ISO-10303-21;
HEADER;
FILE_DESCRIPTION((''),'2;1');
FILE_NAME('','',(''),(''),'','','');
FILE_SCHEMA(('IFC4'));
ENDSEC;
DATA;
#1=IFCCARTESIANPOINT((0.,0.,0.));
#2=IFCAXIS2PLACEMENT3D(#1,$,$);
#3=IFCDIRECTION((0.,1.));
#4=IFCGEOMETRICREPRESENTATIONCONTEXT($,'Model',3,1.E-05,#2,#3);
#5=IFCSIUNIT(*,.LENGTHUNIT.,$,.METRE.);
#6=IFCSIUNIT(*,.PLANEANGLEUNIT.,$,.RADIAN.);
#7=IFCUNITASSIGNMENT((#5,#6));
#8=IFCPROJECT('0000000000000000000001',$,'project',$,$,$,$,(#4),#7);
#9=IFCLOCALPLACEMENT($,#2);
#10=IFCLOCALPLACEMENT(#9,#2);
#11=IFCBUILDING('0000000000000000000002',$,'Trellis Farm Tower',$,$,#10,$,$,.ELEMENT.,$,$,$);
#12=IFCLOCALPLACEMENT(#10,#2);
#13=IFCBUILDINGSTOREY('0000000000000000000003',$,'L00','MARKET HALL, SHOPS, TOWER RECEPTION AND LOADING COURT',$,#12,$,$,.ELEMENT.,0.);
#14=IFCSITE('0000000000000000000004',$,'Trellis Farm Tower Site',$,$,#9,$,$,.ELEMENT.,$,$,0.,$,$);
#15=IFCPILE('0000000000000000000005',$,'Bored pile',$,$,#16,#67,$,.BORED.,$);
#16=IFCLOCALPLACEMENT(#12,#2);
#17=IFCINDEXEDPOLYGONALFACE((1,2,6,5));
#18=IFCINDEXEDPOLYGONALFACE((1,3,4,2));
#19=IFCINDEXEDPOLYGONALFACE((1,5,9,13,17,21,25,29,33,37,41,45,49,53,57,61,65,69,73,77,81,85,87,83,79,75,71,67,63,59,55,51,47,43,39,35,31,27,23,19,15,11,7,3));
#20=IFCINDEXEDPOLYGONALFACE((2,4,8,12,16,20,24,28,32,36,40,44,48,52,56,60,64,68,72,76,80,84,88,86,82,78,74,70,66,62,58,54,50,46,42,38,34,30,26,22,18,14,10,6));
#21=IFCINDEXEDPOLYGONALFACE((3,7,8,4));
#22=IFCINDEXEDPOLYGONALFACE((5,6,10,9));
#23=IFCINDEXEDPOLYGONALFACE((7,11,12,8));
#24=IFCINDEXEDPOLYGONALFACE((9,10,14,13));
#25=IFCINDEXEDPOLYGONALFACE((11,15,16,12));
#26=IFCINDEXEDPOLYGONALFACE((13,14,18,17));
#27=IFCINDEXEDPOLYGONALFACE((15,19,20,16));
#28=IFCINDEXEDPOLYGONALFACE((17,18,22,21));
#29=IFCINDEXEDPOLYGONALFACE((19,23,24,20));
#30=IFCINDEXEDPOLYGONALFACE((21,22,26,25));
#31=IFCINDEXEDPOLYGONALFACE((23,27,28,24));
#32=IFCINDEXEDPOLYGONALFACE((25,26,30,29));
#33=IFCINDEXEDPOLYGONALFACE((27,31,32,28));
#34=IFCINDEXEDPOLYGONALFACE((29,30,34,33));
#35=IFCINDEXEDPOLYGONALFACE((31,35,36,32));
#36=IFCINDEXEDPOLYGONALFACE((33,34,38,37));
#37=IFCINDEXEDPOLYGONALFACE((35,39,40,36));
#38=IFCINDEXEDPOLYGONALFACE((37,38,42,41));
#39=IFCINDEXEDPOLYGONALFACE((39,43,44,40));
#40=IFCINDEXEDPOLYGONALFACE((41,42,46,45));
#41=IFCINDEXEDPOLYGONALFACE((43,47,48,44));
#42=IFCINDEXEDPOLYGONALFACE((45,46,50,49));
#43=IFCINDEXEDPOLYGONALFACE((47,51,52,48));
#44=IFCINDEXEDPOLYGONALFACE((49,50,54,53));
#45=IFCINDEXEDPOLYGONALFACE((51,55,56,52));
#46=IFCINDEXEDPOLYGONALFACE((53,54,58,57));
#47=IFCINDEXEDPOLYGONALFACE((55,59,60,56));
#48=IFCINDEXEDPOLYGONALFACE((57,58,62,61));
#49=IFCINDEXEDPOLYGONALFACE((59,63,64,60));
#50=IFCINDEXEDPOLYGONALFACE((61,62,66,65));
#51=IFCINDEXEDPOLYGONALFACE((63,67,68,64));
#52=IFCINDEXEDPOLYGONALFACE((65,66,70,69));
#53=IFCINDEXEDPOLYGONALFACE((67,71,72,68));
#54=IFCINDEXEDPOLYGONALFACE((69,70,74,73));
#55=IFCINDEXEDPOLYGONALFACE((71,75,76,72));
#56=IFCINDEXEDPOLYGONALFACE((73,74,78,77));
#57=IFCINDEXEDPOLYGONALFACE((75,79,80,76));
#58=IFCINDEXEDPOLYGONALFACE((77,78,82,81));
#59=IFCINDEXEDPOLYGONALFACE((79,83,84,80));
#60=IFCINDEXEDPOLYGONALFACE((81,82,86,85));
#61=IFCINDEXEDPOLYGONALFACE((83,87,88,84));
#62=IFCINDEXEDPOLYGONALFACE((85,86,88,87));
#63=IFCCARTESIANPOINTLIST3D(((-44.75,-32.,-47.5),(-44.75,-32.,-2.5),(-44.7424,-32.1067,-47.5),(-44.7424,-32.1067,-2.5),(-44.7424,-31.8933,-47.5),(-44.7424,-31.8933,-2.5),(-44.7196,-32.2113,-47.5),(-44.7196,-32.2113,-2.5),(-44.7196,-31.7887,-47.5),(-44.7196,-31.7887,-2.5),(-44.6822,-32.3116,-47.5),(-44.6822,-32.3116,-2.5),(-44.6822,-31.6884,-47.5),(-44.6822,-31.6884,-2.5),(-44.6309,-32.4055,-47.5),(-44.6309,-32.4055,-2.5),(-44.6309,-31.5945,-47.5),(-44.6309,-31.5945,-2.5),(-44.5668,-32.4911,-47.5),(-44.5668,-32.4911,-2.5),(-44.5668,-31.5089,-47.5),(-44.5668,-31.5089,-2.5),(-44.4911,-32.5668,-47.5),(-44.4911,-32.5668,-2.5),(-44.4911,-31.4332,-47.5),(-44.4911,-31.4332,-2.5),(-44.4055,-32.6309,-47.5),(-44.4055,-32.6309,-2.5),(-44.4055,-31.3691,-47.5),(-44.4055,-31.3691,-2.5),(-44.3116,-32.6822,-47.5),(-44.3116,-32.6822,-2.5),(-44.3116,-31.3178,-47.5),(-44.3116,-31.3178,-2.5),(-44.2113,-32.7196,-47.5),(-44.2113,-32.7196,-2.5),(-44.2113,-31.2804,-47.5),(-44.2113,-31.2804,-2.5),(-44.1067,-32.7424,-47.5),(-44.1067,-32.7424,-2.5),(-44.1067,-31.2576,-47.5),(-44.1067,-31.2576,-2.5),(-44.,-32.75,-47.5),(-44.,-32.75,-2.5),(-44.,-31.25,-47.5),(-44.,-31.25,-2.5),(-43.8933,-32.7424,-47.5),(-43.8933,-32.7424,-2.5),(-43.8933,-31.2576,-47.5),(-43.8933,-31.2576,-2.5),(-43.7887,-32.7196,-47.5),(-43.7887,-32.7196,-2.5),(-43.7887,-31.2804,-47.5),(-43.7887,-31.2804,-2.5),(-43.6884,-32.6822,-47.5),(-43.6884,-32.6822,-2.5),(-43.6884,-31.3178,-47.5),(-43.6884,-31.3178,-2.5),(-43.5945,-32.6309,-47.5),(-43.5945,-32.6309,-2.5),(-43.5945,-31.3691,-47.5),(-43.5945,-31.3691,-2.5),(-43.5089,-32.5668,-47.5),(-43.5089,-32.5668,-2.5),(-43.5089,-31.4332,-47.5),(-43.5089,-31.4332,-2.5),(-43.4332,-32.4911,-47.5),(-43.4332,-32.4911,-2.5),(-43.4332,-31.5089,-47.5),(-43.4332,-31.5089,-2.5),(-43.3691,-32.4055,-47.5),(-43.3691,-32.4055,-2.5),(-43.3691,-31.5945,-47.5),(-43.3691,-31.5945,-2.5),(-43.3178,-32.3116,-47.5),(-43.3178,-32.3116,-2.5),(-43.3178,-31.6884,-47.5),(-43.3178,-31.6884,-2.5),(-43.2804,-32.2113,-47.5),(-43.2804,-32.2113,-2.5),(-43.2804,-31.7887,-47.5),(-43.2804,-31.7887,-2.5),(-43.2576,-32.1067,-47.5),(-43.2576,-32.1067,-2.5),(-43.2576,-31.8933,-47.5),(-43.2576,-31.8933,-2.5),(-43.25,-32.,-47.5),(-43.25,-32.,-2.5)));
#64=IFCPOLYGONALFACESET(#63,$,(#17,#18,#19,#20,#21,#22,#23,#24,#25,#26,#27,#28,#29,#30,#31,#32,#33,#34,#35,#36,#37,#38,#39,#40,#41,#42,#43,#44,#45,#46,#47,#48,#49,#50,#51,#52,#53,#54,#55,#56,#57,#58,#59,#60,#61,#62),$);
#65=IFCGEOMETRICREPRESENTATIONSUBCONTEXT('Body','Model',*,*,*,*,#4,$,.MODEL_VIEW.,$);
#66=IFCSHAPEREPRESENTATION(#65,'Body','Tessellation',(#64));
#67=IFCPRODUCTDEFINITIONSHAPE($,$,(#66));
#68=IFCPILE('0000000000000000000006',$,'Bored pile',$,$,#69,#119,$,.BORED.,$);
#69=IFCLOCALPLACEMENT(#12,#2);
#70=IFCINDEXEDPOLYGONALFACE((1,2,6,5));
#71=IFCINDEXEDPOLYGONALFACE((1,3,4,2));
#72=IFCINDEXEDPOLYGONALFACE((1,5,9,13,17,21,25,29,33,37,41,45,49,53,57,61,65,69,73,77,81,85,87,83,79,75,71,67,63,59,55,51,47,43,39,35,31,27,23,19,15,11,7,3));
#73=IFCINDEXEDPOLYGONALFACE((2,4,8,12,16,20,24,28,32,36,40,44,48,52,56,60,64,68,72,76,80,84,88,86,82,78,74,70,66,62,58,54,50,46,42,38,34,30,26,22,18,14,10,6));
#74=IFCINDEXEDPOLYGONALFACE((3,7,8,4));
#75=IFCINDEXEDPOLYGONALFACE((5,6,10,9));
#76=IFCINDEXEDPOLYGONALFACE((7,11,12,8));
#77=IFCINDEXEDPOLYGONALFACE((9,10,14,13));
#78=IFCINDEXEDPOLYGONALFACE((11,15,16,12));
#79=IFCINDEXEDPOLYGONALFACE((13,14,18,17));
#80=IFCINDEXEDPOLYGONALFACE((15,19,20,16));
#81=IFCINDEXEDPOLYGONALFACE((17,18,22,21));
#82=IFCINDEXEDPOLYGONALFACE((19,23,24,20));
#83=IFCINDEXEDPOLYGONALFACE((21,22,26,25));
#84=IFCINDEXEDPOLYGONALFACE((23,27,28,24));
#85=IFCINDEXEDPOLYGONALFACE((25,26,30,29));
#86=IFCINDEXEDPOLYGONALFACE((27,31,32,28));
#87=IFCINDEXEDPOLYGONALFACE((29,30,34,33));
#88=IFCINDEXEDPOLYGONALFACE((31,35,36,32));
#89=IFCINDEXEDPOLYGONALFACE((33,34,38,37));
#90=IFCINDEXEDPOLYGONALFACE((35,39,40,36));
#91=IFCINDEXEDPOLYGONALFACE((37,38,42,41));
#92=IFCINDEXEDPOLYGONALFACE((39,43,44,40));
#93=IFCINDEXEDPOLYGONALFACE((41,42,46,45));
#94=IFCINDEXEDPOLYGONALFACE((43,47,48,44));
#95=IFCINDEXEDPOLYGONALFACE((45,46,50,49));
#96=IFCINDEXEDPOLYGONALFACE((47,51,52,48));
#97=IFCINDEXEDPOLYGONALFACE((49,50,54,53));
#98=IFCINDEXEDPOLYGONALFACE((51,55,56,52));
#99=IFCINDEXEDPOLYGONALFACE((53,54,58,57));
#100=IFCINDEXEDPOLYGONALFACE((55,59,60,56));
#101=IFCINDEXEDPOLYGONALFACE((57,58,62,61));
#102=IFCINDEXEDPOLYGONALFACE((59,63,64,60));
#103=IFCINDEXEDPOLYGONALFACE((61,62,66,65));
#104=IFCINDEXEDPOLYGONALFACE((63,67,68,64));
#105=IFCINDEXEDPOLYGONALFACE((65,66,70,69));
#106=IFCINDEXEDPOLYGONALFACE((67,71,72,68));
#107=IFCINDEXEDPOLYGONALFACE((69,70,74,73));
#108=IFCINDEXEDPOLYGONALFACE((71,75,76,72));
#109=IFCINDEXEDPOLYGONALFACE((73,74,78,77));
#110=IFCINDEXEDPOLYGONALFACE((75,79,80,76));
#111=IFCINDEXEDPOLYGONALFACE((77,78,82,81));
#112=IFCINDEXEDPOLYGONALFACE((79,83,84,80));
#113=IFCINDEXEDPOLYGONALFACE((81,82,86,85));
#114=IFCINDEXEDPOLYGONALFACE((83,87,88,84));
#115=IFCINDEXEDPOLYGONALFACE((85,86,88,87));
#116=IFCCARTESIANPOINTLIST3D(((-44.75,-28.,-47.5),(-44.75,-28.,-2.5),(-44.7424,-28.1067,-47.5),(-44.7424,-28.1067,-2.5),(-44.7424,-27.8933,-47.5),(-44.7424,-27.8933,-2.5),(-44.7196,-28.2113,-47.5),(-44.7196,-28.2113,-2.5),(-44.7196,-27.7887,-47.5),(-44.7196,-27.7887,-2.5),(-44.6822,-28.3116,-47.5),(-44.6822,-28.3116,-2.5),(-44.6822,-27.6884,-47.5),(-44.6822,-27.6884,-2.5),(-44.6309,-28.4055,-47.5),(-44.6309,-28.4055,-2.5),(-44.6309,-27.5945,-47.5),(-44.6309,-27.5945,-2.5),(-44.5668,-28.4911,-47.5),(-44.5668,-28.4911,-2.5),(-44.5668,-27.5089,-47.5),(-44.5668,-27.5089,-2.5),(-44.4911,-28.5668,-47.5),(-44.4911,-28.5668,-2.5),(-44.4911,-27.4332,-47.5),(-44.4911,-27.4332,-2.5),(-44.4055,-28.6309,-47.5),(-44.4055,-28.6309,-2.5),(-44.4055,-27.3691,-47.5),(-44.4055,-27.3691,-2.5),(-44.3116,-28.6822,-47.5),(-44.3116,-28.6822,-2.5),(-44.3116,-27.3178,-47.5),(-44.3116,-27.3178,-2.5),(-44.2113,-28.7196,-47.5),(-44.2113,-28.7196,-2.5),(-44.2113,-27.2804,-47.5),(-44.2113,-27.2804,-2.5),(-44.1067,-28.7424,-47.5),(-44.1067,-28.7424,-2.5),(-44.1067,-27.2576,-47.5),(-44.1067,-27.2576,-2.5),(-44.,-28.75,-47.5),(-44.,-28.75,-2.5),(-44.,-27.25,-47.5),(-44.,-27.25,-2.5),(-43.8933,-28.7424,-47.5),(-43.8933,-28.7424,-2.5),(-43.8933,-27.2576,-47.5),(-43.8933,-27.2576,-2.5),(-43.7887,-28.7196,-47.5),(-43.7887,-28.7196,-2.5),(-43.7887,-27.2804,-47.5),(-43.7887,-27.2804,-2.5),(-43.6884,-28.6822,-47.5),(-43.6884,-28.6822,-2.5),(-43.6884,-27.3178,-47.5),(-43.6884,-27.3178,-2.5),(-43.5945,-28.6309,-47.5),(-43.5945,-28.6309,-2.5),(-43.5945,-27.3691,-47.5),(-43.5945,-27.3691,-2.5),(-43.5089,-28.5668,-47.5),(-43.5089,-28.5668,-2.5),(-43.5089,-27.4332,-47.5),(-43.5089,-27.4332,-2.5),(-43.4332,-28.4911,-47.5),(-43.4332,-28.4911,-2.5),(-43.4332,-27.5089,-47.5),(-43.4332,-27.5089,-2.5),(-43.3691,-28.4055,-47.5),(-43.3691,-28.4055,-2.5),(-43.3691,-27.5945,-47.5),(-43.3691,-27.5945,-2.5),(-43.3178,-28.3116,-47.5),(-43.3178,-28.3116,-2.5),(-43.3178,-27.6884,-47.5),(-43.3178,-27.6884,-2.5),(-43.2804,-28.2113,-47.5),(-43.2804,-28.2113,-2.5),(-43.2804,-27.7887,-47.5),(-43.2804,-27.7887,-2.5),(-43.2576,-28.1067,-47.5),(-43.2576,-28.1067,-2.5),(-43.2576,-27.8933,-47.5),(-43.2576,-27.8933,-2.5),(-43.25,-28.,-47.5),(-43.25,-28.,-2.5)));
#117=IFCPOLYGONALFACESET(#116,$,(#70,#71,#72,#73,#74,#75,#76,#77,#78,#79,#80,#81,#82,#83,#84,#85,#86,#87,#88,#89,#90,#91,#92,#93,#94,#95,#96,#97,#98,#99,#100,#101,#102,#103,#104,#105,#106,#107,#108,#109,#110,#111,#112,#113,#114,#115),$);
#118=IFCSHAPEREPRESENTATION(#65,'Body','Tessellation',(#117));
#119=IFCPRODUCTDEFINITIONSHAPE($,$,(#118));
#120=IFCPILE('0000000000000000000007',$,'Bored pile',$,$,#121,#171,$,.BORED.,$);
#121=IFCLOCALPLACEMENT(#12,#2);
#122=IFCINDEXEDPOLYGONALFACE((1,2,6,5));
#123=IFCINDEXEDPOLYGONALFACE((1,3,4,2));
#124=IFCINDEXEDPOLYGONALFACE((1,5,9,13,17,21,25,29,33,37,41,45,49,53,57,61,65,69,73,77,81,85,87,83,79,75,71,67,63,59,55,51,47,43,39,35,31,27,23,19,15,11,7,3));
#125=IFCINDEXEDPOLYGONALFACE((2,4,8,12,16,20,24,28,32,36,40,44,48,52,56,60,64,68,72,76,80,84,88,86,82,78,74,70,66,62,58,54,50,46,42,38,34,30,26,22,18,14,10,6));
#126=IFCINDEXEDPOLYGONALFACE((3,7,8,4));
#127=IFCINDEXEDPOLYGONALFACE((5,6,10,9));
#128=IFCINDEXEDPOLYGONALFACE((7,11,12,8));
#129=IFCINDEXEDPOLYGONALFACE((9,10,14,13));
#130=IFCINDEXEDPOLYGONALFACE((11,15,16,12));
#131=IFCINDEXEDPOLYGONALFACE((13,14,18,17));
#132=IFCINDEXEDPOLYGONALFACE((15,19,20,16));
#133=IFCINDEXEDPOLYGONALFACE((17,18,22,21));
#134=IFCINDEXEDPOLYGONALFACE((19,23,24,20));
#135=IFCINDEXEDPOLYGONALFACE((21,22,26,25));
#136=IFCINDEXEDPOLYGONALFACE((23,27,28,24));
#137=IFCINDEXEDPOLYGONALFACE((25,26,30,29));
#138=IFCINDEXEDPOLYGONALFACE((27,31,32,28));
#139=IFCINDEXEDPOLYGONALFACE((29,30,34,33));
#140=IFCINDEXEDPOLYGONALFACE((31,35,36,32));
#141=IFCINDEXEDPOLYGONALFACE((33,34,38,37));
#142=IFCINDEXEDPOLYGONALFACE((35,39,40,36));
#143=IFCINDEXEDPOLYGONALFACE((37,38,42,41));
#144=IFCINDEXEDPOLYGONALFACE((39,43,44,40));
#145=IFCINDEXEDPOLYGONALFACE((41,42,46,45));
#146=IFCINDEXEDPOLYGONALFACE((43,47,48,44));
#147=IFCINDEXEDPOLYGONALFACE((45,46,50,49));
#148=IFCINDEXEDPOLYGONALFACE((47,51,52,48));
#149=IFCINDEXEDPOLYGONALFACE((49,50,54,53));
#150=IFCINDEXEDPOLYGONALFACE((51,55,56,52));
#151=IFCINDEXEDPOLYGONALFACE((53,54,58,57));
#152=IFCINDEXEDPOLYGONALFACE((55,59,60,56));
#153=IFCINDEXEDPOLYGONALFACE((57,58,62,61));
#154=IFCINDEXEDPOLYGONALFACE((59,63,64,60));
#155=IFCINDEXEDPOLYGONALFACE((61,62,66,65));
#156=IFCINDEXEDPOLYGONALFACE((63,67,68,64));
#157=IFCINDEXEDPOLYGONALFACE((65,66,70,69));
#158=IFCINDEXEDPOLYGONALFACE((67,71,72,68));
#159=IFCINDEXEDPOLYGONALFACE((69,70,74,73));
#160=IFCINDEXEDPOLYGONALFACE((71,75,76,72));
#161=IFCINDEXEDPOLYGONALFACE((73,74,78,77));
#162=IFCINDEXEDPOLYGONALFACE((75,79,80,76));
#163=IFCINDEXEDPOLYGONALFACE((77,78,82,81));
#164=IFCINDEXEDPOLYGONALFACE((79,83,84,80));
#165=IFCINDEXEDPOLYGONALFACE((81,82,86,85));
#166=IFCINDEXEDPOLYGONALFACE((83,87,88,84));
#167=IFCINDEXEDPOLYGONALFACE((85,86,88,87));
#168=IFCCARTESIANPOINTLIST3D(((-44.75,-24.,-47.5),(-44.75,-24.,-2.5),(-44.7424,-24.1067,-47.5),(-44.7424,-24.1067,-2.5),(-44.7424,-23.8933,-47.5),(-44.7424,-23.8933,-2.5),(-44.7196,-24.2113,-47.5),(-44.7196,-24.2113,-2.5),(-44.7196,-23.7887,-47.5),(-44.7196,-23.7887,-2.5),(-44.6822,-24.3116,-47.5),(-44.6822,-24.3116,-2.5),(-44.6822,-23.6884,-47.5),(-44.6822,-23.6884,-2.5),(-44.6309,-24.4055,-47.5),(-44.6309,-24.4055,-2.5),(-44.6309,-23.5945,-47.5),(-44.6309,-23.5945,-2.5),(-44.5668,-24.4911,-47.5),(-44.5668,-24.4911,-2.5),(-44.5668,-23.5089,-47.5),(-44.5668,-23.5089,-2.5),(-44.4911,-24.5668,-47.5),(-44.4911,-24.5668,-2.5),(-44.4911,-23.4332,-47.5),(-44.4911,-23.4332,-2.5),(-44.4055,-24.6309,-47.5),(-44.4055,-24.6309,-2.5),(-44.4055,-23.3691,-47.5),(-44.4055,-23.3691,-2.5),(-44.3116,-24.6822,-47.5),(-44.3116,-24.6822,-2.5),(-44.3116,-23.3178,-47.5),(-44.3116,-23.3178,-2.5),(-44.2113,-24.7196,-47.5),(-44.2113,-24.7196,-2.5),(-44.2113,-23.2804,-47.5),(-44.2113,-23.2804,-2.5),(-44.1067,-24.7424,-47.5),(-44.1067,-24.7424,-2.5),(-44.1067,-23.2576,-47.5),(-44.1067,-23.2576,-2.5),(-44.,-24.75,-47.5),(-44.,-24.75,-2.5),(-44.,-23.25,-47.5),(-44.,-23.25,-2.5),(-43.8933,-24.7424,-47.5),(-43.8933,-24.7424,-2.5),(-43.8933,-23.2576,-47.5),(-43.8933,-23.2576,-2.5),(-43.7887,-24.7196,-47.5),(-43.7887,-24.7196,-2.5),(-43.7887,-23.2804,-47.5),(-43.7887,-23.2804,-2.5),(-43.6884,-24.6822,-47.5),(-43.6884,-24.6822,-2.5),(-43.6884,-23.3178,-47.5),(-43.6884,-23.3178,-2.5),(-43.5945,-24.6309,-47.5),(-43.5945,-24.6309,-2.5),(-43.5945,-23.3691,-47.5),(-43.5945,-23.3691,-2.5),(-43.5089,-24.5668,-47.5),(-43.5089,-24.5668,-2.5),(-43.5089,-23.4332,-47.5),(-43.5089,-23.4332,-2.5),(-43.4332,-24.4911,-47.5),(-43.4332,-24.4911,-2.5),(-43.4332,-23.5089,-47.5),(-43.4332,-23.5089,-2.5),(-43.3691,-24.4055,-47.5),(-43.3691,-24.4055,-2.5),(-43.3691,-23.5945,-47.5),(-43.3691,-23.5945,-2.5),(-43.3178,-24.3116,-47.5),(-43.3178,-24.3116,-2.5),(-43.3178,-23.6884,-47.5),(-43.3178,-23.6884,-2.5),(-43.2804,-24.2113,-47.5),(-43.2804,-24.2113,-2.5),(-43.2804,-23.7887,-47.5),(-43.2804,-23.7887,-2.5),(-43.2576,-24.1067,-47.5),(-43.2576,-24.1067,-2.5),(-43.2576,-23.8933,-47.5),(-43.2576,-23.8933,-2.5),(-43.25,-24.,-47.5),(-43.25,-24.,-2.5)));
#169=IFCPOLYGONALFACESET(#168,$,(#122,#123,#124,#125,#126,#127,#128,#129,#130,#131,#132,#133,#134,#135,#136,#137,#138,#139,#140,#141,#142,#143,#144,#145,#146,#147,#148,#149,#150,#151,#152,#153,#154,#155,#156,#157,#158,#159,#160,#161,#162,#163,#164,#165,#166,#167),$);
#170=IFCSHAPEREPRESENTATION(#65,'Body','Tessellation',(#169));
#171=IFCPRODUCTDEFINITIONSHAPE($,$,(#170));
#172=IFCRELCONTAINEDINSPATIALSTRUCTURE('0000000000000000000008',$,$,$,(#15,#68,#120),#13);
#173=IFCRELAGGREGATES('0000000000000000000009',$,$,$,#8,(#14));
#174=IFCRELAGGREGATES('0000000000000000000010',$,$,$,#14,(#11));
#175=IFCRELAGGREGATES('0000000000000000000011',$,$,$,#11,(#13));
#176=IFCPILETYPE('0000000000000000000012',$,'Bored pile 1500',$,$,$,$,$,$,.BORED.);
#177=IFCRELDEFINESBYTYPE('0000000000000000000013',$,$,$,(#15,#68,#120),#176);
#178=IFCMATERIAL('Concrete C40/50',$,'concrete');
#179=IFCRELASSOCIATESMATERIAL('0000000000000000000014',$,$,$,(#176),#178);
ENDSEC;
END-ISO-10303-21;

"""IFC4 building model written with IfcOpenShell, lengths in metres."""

from ifc_helpers import new_model, si_unit, direction, frame, origin, origin_2d, place, context, subcontext, project, spatial, circle, extrude, source, transform, mapped, material, material_profile, profile_set, type_object, element, save


model = new_model("IFC4")

# Units and contexts
model_context = context("Model", 3, precision=1e-05, world=origin(), true_north=direction((0.0, 1.0)))
body_context = subcontext(model_context, "Body", "Model", "MODEL_VIEW")
ifc_project = project(units=[si_unit("LENGTHUNIT", "METRE"), si_unit("PLANEANGLEUNIT", "RADIAN")], contexts=[model_context])

# Site, building, storey
site_placement = place(None, origin())
site = spatial("IfcSite", under=ifc_project, at=site_placement, Name="Trellis Farm Tower Site", CompositionType="ELEMENT", RefElevation=0.0)
building_placement = place(site_placement, origin())
building = spatial("IfcBuilding", under=site, at=building_placement, Name="Trellis Farm Tower", CompositionType="ELEMENT")
storey_placement = place(building_placement, origin())
storey = spatial("IfcBuildingStorey", under=building, at=storey_placement, Name="L00", Description="MARKET HALL, SHOPS, TOWER RECEPTION AND LOADING COURT", CompositionType="ELEMENT", Elevation=0.0)

# Piles
ifc_material_1 = material(Name="Concrete C40/50", Category="concrete")
ifc_material_profile_1 = material_profile(ifc_material_1, circle(Radius=0.75, at=origin_2d()), Name="Bored pile 1500")
ifc_profile_set_1 = profile_set([ifc_material_profile_1], Name="Concrete C40/50")
pile_type = type_object("IfcPileType", Name="Bored pile 1500", PredefinedType="BORED", material=ifc_profile_set_1)
shared_shape_1 = source(origin(), body_context, "Body", "SweptSolid", [
    extrude(circle(Radius=0.75, at=origin_2d()), origin(), (0.0, 0.0, 1.0), 45.0),
])
for number, where, z_axis, x_axis, name in (
    (1, (-44.0, -32.0, -2.5), (0.0, 0.0, -1.0), (1.0, 0.0, 0.0), "Bored pile"),
    (2, (-44.0, -28.0, -2.5), (0.0, 0.0, -1.0), (1.0, 0.0, 0.0), "Bored pile"),
    (3, (-44.0, -24.0, -2.5), (0.0, 0.0, -1.0), (1.0, 0.0, 0.0), "Bored pile"),
):
    element("IfcPile", number, at=place(storey_placement, frame(where, z_axis=z_axis, x_axis=x_axis)), inside=storey, type_object=pile_type, Name=name, PredefinedType="BORED", context=body_context, shape_type="MappedRepresentation", body=[
        mapped(shared_shape_1, transform((0.0, 0.0, 0.0))),
    ])

save(model, "model.ifc")
